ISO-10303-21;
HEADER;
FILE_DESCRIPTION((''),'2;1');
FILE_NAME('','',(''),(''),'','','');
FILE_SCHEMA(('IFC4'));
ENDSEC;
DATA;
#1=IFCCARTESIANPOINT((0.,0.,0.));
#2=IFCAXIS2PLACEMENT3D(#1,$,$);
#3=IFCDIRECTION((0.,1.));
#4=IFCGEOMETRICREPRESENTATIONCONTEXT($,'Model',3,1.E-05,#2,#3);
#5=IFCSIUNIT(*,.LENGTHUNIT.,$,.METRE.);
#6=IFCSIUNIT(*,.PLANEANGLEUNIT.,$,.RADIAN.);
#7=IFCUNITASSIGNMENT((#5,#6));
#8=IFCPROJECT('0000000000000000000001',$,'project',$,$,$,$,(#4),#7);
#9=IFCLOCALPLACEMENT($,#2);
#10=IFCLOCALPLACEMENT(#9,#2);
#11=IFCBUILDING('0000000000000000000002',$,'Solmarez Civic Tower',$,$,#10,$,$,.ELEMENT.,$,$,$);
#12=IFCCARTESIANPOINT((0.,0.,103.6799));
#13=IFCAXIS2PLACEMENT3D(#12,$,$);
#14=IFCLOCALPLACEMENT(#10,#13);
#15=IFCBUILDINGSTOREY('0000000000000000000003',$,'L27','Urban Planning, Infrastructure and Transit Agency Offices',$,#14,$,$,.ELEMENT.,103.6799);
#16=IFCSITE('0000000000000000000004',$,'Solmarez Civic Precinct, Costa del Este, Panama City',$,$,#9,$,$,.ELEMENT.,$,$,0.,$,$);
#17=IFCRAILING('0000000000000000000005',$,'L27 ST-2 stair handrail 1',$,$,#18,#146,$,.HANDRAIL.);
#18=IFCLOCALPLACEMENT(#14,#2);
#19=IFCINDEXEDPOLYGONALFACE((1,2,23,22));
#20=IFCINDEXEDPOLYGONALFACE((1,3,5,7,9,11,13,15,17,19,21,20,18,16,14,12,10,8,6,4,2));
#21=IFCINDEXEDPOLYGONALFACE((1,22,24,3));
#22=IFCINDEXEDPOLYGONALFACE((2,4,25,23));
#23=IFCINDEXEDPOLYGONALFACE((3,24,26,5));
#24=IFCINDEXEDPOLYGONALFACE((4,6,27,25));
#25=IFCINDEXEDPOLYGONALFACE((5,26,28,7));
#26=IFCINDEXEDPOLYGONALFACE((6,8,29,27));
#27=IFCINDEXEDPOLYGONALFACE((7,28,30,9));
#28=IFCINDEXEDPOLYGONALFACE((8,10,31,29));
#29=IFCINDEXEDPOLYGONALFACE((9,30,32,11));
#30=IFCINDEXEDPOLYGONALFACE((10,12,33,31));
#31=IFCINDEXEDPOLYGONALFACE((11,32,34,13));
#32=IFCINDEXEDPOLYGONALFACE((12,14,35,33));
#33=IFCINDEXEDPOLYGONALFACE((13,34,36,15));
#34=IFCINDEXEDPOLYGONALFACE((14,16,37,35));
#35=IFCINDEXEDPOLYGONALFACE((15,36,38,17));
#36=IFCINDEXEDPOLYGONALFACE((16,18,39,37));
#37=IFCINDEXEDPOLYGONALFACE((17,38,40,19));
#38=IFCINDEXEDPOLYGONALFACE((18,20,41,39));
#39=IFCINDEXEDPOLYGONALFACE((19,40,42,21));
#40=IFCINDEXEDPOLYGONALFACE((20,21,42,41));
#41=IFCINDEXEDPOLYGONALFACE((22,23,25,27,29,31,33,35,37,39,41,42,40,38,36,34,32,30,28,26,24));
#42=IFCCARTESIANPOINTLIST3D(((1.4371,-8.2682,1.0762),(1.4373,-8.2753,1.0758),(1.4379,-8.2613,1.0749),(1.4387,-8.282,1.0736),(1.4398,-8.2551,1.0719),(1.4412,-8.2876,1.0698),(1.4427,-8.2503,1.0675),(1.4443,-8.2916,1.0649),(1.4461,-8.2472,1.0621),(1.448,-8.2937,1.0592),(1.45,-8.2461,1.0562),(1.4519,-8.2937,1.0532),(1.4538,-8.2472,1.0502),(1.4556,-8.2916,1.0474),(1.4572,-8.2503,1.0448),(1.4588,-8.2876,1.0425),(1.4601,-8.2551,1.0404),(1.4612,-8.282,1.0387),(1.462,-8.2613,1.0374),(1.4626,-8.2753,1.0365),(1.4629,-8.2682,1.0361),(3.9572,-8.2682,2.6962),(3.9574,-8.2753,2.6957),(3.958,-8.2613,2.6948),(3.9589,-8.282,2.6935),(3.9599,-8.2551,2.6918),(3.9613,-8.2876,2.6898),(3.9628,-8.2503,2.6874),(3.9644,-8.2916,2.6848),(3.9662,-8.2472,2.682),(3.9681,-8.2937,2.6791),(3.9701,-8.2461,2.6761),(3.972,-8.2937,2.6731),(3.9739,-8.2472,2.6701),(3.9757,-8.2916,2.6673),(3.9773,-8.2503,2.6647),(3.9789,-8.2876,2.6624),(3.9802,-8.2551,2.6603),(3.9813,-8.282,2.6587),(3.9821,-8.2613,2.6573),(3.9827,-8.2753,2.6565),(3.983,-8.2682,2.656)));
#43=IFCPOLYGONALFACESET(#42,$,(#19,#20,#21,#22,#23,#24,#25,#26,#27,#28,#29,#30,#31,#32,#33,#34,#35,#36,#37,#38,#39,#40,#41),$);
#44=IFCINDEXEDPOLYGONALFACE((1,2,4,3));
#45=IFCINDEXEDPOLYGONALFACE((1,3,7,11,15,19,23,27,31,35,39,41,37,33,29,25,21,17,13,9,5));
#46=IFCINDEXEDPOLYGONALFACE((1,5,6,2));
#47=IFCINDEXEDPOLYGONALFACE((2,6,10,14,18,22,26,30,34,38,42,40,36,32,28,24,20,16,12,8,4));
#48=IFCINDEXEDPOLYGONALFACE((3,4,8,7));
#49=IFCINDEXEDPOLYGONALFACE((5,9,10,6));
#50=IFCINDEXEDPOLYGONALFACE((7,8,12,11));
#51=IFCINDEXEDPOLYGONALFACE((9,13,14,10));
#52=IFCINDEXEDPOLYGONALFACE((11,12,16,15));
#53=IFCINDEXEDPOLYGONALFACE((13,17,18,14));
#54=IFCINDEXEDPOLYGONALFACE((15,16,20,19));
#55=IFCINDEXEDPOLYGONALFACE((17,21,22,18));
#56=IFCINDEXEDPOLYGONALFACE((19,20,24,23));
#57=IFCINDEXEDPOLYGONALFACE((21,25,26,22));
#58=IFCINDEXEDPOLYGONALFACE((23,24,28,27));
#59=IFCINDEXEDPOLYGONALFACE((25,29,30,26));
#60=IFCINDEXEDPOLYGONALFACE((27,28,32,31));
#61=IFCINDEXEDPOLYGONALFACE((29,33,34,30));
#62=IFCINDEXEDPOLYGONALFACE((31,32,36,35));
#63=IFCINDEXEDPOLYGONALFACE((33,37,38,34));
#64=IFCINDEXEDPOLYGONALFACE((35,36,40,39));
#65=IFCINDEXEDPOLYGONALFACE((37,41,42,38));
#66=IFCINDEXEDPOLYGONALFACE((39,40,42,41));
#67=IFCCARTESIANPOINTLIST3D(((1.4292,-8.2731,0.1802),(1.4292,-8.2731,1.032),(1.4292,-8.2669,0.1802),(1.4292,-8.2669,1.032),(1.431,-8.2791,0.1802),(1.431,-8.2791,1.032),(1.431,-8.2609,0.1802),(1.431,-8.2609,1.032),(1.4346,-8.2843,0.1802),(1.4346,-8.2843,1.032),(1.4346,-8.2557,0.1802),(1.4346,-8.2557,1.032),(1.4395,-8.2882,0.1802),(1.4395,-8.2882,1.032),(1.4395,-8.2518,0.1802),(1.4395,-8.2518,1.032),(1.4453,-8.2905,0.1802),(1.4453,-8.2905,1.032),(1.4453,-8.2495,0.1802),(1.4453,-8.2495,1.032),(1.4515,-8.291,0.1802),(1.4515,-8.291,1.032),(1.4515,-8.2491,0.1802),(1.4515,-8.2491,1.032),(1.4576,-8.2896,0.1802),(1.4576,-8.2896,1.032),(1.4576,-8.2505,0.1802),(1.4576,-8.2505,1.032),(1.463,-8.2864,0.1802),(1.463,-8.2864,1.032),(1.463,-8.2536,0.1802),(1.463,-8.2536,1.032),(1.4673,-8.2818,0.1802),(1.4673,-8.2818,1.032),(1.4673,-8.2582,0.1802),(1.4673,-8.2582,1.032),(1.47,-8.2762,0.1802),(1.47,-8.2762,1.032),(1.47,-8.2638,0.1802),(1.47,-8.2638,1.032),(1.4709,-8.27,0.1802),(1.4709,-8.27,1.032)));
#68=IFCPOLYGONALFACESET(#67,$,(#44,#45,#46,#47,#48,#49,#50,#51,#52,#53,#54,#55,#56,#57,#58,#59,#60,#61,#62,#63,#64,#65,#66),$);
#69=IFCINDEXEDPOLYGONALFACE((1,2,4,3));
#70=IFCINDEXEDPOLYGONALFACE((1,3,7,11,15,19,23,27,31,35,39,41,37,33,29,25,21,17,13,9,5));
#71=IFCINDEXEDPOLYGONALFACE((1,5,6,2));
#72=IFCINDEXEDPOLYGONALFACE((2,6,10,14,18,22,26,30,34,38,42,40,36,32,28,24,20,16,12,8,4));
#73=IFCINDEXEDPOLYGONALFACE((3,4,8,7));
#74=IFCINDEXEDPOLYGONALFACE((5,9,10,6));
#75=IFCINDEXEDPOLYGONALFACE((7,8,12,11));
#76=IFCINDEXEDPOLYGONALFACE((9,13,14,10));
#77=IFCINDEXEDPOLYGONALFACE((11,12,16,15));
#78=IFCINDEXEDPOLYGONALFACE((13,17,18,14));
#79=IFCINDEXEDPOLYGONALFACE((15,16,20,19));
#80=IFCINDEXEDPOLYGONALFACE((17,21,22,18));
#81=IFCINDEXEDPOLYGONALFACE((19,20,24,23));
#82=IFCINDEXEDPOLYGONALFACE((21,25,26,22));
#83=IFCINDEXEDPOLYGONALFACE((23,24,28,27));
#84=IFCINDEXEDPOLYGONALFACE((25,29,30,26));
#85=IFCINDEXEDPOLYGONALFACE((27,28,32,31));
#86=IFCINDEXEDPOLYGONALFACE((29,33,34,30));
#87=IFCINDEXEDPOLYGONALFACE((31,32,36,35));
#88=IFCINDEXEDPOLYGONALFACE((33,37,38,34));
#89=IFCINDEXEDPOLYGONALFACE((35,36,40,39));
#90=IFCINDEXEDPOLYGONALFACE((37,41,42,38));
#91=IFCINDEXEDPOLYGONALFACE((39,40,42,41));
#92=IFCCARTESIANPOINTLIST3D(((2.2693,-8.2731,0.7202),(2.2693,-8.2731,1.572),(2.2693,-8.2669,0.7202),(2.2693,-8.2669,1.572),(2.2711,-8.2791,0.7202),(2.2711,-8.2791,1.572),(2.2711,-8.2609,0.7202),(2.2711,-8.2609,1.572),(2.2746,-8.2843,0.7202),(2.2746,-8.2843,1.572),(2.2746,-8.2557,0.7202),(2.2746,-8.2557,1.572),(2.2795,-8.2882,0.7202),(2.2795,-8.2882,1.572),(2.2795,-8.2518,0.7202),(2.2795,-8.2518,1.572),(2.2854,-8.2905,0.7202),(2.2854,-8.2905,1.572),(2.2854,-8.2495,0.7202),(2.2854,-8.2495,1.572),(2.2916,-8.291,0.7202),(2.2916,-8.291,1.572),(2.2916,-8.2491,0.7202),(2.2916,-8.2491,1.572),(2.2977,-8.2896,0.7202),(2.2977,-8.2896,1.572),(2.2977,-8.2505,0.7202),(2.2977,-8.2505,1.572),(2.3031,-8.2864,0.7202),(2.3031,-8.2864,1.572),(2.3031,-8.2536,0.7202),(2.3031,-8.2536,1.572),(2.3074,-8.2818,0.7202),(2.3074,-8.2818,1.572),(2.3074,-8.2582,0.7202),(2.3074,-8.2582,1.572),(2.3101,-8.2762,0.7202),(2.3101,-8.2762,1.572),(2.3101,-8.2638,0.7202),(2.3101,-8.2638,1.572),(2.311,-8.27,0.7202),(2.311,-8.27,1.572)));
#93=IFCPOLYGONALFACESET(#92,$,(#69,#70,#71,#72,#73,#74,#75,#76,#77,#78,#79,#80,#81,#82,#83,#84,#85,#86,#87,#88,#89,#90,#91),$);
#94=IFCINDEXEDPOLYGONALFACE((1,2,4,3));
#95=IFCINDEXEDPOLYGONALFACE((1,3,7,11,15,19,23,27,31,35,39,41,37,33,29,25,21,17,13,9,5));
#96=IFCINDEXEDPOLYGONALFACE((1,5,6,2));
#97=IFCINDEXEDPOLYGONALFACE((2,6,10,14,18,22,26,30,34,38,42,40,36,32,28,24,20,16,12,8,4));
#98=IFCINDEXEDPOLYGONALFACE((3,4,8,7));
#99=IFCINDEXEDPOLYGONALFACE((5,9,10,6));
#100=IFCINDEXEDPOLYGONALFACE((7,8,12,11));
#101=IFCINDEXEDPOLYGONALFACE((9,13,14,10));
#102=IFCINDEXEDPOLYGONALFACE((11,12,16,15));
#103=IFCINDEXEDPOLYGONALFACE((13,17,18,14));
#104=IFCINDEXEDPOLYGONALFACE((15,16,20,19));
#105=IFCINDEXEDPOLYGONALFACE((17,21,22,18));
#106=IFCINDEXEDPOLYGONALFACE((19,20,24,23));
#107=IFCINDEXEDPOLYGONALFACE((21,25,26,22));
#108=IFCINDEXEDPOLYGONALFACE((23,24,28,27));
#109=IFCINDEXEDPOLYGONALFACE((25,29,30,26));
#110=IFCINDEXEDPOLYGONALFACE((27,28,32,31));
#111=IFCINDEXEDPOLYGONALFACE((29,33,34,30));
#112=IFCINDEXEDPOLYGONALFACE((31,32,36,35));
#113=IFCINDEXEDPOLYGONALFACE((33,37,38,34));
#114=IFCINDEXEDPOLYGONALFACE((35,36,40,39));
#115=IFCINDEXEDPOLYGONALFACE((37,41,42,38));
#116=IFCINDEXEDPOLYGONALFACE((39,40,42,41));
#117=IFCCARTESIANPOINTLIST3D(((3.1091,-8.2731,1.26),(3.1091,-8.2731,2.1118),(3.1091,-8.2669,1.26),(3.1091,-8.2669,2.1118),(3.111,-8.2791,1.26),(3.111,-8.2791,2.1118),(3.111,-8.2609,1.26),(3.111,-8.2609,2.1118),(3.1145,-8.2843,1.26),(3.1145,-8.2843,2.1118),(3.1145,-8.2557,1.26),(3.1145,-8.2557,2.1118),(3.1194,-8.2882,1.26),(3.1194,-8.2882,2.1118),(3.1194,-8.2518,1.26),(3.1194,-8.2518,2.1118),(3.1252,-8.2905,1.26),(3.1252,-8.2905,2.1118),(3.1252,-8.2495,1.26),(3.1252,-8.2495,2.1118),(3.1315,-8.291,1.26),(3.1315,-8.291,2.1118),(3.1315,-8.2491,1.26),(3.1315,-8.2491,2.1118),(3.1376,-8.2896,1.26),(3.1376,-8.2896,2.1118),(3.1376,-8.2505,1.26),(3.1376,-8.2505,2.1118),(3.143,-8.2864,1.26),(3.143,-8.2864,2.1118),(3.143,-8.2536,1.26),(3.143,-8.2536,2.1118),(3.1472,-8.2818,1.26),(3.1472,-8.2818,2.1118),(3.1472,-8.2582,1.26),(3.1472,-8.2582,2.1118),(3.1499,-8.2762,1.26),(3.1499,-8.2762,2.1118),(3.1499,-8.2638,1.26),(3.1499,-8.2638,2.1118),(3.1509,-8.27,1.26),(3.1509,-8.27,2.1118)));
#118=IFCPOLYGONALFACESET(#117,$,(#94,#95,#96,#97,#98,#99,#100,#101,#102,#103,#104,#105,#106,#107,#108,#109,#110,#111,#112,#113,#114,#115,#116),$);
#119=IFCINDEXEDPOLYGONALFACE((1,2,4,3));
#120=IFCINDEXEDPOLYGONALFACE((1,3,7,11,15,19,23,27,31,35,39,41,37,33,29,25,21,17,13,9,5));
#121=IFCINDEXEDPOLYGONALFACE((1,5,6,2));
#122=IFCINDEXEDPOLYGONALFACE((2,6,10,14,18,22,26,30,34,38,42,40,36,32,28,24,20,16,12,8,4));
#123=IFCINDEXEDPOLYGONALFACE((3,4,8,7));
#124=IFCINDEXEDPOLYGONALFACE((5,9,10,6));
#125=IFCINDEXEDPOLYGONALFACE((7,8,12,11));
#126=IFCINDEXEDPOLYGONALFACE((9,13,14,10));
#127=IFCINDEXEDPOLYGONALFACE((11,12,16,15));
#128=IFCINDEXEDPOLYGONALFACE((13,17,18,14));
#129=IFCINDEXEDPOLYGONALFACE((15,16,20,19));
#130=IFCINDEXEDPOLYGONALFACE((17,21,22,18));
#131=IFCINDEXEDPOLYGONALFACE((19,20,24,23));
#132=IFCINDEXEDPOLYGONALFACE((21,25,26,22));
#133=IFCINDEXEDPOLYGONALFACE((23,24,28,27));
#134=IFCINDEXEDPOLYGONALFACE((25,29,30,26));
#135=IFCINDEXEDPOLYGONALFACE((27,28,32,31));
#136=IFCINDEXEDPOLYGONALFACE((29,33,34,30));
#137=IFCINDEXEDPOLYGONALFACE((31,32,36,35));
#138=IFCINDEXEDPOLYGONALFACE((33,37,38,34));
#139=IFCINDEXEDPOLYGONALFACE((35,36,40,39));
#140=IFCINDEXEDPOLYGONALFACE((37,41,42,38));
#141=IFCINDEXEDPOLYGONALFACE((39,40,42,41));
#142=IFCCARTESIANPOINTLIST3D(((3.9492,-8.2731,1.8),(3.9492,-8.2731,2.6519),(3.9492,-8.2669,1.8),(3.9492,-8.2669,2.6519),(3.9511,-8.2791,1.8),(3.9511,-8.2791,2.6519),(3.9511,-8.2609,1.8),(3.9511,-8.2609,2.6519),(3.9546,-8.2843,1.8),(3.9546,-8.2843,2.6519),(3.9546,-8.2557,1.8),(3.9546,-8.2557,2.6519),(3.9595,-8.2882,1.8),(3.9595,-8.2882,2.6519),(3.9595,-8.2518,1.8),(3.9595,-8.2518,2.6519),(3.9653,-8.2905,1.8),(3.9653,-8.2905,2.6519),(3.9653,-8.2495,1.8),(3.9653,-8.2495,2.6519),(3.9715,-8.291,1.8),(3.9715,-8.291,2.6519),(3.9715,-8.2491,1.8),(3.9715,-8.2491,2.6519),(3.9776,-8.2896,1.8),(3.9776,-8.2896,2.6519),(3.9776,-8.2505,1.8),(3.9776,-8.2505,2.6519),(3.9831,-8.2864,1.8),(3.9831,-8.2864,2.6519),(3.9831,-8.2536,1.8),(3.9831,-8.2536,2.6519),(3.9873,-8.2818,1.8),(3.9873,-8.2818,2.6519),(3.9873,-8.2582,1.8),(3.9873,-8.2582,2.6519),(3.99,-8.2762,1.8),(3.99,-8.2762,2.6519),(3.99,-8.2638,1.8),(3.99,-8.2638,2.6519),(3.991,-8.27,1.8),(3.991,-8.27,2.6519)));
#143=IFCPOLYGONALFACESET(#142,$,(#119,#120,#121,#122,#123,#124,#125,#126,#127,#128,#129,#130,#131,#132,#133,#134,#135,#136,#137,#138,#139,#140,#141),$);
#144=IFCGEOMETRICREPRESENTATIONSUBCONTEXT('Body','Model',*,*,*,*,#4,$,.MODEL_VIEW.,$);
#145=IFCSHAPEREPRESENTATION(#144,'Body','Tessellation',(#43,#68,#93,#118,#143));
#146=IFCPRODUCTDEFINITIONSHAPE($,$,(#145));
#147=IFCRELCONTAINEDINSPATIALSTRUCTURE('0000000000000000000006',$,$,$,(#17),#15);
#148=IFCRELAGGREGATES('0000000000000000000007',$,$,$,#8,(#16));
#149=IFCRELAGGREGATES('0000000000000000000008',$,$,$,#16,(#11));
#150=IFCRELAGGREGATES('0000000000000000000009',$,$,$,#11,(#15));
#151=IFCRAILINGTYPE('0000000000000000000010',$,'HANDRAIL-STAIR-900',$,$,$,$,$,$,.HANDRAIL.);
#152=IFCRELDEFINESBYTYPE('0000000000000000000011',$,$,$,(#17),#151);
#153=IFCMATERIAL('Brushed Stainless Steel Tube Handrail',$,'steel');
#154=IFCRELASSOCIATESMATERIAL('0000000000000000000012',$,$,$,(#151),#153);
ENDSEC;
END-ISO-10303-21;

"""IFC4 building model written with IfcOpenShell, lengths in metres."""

from ifc_helpers import new_model, si_unit, direction, frame, origin, origin_2d, place, context, subcontext, project, spatial, circle, extrude, material, type_object, element, save


model = new_model("IFC4")

# Units and contexts
model_context = context("Model", 3, precision=1e-05, world=origin(), true_north=direction((0.0, 1.0)))
body_context = subcontext(model_context, "Body", "Model", "MODEL_VIEW")
ifc_project = project(units=[si_unit("LENGTHUNIT", "METRE"), si_unit("PLANEANGLEUNIT", "RADIAN")], contexts=[model_context])

# Site, building, storey
site_placement = place(None, origin())
site = spatial("IfcSite", under=ifc_project, at=site_placement, Name="Solmarez Civic Precinct, Costa del Este, Panama City", CompositionType="ELEMENT", RefElevation=0.0)
building_placement = place(site_placement, origin())
building = spatial("IfcBuilding", under=site, at=building_placement, Name="Solmarez Civic Tower", CompositionType="ELEMENT")
storey_placement = place(building_placement, frame((0.0, 0.0, 103.6799)))
storey = spatial("IfcBuildingStorey", under=building, at=storey_placement, Name="L27", Description="Urban Planning, Infrastructure and Transit Agency Offices", CompositionType="ELEMENT", Elevation=103.6799)

# Railing
ifc_material_1 = material(Name="Brushed Stainless Steel Tube Handrail", Category="steel")
railing_type_1 = type_object("IfcRailingType", Name="HANDRAIL-STAIR-900", PredefinedType="HANDRAIL", material=ifc_material_1)
railing_1_placement = place(storey_placement, frame((1.45, -8.27, 0.1802)))
element("IfcRailing", 1, at=railing_1_placement, inside=storey, type_object=railing_type_1, Name="L27 ST-2 stair handrail 1", PredefinedType="HANDRAIL", context=body_context, shape_type="SweptSolid", body=[
    extrude(circle(Radius=0.0239, at=origin_2d()), frame((0.0, 0.0, 0.876), z_axis=(0.8412, 0.0, 0.540725), x_axis=(0.0, 1.0, 0.0)), (0.0, 0.0, 1.0), 2.9958),
    extrude(circle(Radius=0.021, at=origin_2d()), origin(), (0.0, 0.0, 1.0), 0.8518),
    extrude(circle(Radius=0.021, at=origin_2d()), frame((0.8401, 0.0, 0.54)), (0.0, 0.0, 1.0), 0.8518),
    extrude(circle(Radius=0.021, at=origin_2d()), frame((1.6799, 0.0, 1.0798)), (0.0, 0.0, 1.0), 0.8518),
    extrude(circle(Radius=0.021, at=origin_2d()), frame((2.52, 0.0, 1.6199)), (0.0, 0.0, 1.0), 0.8518),
])

save(model, "model.ifc")
